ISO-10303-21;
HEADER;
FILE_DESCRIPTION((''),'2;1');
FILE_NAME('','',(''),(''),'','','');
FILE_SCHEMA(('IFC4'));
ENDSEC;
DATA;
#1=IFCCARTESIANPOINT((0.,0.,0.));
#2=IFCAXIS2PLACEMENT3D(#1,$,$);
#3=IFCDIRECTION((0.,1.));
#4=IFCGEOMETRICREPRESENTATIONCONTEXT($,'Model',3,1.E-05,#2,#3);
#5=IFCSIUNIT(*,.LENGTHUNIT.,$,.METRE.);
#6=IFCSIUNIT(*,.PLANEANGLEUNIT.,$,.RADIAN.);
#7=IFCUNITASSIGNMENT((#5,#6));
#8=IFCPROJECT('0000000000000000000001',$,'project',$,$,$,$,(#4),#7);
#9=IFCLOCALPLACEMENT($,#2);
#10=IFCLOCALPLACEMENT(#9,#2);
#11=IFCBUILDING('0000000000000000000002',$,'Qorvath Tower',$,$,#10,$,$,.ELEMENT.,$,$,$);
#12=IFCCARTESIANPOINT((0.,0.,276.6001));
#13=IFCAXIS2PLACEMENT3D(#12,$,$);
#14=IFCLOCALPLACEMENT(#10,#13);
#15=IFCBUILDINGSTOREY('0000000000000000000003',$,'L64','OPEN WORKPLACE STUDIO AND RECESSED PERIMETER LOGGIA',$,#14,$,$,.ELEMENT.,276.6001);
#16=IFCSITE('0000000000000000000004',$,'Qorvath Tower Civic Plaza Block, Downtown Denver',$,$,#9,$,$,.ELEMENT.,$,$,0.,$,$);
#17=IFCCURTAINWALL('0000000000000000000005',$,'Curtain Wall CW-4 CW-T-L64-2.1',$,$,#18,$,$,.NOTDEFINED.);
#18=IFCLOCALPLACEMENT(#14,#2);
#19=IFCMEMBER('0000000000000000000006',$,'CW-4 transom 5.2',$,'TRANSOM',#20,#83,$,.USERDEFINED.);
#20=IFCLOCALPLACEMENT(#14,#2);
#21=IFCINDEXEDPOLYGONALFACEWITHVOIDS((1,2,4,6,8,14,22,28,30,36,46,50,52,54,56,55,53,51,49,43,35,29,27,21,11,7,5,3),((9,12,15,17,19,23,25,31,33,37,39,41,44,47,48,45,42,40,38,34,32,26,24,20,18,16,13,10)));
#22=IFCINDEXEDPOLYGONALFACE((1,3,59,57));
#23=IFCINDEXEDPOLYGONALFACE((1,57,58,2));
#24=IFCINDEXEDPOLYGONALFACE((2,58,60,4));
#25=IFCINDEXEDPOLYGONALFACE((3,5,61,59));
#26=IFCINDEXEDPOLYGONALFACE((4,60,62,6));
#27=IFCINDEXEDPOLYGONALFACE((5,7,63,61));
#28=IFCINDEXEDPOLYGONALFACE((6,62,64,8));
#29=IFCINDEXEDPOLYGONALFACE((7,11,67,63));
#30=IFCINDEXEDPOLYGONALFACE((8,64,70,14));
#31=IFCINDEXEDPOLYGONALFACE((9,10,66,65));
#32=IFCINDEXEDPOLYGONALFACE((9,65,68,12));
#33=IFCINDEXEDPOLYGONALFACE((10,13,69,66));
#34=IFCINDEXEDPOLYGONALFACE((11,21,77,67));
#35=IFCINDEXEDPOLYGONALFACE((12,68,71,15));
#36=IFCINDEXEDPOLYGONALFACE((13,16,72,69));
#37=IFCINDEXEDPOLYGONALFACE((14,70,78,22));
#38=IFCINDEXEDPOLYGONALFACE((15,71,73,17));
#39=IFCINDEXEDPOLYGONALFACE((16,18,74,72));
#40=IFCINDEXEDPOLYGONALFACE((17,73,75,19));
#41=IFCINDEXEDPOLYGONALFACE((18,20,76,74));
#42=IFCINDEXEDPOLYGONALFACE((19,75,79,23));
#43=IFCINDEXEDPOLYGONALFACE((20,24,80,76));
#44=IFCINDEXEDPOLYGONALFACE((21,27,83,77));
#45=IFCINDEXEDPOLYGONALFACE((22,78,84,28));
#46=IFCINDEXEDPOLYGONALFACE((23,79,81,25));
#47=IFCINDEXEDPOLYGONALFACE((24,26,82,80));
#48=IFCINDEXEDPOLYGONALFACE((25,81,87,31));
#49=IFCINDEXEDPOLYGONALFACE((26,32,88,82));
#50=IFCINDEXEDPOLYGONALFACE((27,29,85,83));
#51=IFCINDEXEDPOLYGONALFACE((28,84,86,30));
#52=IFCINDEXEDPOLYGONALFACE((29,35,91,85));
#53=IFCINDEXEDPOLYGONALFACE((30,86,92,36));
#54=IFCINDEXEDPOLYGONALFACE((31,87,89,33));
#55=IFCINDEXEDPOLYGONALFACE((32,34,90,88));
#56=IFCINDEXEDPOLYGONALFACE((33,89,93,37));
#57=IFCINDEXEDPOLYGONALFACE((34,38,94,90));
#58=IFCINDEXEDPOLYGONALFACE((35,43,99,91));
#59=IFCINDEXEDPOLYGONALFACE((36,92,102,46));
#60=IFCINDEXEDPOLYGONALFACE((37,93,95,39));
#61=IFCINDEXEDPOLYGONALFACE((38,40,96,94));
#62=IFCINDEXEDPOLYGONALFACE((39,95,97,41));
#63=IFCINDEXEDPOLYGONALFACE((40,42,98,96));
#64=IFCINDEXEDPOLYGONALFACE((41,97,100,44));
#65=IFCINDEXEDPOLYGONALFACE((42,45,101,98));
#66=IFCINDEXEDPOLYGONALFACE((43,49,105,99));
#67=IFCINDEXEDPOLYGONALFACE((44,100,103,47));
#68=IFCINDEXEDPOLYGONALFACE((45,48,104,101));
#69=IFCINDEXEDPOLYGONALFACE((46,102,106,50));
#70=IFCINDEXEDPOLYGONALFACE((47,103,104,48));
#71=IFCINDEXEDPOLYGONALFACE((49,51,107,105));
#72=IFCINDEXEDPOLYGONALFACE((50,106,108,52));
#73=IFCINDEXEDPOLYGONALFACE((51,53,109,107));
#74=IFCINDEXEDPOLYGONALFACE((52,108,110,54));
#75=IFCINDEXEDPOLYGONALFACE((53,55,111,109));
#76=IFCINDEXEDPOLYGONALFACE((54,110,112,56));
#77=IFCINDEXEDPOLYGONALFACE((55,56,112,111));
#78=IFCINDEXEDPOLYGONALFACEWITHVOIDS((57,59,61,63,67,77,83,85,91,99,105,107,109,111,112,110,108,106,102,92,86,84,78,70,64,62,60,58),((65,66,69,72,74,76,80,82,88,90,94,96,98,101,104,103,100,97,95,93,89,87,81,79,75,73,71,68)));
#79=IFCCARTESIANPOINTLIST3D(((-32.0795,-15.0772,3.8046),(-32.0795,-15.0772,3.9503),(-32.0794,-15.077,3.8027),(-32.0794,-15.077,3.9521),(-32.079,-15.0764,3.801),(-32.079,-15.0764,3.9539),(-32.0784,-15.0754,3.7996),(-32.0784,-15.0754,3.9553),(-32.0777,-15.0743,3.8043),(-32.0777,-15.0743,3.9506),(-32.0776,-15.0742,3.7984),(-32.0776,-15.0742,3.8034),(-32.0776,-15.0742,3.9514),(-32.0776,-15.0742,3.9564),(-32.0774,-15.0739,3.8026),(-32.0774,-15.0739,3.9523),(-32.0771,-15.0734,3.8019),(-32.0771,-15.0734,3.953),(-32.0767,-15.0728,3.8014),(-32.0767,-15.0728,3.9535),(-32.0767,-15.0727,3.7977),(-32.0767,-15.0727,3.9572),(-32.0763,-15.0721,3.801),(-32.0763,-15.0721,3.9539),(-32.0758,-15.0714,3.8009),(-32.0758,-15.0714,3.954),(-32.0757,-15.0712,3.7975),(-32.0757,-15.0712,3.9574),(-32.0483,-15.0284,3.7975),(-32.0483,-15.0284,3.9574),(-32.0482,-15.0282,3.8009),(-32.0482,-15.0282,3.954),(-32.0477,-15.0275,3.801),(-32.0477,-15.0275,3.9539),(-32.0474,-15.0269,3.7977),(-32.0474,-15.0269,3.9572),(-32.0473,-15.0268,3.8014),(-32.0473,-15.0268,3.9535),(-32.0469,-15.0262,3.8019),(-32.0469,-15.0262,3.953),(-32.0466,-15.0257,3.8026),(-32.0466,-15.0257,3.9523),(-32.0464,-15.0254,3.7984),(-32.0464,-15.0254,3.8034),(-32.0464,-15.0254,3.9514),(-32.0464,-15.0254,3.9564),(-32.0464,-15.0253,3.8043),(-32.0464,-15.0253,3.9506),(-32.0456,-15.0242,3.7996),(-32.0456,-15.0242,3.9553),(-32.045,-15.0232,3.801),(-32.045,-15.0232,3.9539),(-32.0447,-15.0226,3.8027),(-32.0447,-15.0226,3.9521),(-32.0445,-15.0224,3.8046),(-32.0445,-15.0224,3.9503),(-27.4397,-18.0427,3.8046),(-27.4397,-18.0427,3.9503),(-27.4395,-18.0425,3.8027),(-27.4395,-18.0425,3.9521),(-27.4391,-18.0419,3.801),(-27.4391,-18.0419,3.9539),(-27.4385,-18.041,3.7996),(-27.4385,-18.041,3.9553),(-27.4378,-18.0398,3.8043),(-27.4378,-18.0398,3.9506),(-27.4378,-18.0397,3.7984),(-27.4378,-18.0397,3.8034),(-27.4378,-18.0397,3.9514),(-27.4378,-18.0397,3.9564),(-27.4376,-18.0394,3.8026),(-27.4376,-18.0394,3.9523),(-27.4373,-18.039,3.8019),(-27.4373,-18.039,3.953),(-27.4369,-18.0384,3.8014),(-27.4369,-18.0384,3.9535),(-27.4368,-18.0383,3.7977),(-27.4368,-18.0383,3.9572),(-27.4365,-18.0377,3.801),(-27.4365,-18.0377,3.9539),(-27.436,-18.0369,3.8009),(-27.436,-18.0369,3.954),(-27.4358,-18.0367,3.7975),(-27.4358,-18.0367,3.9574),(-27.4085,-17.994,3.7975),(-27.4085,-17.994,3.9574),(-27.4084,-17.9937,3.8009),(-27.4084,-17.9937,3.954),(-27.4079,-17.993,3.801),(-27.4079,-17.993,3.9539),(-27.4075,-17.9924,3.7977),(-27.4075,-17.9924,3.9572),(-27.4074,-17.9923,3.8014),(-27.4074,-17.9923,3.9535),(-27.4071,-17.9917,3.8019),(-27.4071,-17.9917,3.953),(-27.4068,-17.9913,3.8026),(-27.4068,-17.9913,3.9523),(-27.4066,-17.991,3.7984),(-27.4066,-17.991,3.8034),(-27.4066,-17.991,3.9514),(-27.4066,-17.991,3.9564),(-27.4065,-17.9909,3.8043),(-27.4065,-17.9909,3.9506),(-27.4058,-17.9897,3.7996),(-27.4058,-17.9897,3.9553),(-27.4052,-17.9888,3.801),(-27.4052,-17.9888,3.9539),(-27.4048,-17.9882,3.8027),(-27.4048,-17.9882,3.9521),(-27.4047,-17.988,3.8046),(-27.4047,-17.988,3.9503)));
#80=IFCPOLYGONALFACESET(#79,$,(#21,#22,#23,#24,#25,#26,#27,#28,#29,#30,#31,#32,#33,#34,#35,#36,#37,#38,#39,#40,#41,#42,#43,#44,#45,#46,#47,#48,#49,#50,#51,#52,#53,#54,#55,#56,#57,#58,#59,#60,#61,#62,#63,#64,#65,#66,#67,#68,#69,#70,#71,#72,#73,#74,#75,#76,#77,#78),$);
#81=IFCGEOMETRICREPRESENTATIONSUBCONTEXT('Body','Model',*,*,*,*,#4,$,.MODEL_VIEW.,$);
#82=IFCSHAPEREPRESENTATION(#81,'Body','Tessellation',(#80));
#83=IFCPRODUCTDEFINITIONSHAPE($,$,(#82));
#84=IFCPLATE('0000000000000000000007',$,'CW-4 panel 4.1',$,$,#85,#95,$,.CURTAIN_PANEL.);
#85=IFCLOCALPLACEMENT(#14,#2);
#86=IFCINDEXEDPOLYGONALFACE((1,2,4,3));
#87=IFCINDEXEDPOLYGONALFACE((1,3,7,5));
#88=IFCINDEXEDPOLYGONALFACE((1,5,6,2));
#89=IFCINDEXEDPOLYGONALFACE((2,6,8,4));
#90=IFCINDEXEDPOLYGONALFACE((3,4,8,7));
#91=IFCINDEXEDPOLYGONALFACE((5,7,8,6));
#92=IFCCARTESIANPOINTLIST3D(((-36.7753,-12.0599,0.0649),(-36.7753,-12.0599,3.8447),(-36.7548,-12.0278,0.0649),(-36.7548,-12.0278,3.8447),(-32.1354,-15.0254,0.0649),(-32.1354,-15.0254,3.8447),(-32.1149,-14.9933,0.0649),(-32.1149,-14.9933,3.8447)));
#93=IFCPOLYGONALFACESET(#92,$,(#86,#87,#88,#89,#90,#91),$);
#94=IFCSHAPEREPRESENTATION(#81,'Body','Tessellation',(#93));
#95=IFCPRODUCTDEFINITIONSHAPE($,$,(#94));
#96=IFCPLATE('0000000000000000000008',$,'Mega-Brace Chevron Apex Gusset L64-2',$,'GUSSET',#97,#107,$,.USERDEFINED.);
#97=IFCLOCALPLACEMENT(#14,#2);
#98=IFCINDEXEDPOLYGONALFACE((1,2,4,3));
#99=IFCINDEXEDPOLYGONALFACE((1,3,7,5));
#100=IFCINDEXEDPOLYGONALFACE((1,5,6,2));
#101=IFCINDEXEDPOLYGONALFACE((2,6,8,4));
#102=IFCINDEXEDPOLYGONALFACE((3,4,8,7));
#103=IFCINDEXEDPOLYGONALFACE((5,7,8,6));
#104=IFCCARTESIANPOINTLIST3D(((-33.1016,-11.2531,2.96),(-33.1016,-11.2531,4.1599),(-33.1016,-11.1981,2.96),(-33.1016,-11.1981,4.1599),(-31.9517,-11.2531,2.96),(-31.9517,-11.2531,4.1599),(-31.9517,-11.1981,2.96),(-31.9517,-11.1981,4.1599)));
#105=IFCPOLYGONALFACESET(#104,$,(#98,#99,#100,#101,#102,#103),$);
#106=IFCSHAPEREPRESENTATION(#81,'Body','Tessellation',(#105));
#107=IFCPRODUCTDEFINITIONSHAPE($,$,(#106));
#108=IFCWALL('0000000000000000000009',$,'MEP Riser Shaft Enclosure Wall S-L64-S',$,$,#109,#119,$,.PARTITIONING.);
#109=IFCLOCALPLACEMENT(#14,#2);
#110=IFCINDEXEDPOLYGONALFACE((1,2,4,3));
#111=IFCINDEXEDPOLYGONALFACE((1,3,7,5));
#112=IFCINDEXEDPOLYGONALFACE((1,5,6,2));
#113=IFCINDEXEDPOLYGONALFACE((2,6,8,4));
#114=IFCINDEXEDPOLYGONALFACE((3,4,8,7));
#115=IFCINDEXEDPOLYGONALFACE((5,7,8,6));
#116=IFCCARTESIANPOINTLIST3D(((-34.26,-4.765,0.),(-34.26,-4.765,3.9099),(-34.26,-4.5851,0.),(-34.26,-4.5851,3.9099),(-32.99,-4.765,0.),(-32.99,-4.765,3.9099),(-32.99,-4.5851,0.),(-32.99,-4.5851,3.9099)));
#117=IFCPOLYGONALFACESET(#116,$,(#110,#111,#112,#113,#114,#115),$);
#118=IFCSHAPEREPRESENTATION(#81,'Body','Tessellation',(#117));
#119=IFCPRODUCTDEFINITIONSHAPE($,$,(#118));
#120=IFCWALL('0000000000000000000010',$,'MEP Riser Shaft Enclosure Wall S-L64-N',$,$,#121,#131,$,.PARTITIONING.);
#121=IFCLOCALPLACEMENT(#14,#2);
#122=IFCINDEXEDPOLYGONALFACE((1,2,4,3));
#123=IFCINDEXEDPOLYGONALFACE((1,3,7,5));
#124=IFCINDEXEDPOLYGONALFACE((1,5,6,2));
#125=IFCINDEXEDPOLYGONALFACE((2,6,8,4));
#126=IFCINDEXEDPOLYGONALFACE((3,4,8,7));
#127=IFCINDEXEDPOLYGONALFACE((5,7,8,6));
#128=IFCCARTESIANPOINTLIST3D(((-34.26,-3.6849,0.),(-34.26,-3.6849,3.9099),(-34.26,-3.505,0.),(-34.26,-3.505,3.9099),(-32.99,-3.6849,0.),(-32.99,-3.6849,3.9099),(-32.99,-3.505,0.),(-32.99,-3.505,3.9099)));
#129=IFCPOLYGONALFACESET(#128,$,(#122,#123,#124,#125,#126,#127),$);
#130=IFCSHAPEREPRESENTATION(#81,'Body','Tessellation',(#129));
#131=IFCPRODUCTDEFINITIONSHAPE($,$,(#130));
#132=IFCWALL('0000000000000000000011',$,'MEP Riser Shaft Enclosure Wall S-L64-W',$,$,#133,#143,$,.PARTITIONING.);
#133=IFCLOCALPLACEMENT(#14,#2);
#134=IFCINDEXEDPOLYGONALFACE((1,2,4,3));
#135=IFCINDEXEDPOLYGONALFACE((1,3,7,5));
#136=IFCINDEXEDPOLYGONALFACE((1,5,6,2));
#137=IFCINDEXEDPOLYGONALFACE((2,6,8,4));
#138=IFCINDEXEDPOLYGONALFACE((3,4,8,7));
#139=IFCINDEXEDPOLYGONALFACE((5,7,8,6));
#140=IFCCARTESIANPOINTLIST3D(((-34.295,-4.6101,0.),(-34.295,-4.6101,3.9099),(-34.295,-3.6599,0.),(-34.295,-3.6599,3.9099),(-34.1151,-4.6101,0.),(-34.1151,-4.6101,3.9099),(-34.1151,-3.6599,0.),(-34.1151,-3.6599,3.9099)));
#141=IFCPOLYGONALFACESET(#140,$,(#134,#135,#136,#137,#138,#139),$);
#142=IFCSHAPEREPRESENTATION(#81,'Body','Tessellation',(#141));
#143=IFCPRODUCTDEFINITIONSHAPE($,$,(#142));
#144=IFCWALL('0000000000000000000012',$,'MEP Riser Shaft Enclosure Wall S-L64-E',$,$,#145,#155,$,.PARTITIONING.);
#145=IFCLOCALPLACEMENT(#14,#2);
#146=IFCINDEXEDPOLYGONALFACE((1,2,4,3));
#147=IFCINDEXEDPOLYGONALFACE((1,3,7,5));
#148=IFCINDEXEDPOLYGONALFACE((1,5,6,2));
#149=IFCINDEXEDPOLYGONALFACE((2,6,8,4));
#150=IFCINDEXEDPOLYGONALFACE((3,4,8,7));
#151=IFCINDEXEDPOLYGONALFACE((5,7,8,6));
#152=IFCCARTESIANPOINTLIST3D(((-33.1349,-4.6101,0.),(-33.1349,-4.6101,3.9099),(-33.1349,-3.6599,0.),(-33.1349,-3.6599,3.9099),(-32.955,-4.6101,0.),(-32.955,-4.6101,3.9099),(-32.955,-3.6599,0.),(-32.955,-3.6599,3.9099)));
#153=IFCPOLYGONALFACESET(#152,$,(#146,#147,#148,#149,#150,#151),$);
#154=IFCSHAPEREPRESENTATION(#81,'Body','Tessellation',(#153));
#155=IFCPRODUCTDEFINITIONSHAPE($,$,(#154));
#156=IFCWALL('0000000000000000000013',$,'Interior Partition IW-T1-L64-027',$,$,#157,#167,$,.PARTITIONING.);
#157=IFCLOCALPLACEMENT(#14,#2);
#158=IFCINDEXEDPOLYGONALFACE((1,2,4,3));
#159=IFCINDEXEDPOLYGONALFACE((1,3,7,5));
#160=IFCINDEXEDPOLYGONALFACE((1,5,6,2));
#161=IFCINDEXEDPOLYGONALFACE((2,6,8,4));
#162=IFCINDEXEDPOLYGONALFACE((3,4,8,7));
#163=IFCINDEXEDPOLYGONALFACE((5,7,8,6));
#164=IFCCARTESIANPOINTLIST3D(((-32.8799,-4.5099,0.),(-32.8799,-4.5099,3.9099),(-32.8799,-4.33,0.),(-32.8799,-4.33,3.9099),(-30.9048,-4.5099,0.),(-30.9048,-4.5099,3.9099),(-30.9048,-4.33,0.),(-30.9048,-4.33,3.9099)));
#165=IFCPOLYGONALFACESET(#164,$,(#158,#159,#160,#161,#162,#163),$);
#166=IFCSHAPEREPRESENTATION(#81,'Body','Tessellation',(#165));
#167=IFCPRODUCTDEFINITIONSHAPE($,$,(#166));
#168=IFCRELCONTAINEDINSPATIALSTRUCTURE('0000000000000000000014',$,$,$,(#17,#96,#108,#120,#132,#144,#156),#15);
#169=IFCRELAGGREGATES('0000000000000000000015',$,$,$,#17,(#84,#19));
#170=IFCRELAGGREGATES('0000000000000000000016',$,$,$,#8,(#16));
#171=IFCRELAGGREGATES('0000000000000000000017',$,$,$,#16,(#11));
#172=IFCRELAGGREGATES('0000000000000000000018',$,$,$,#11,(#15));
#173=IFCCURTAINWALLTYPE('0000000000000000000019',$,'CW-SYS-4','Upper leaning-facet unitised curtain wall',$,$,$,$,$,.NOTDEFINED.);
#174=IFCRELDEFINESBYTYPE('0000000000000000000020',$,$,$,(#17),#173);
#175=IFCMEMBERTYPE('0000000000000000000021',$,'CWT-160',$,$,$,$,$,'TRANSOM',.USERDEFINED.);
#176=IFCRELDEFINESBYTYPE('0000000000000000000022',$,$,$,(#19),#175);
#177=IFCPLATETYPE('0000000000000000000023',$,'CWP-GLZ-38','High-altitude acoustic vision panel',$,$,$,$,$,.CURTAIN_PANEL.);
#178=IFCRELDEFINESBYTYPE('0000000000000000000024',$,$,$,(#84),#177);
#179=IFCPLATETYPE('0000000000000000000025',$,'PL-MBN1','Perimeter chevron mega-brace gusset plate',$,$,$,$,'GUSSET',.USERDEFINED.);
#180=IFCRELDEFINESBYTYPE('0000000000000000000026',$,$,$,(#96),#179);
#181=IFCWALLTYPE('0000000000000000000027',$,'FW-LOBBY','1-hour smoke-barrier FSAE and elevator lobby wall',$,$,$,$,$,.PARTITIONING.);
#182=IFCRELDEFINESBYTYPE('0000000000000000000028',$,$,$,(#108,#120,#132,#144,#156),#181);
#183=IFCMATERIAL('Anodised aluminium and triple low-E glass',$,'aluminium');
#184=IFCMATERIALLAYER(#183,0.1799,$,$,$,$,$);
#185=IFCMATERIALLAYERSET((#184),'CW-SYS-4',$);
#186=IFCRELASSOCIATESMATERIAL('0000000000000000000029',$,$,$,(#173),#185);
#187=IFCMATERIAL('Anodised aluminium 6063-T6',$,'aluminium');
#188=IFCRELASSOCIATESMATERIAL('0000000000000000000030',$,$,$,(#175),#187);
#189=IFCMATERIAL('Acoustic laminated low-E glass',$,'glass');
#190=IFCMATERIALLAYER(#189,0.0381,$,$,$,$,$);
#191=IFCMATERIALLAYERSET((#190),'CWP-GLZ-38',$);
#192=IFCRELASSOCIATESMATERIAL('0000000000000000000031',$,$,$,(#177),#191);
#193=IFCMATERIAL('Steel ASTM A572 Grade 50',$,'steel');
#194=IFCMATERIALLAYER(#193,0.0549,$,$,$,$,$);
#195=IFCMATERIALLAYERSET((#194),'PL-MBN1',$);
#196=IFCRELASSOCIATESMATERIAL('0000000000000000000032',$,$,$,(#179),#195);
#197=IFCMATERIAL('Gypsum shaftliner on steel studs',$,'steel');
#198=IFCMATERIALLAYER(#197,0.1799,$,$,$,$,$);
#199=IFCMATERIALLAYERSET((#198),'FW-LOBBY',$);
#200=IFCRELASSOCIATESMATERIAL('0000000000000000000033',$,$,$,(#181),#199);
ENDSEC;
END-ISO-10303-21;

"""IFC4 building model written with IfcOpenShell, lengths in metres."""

from ifc_helpers import new_model, si_unit, direction, frame, frame_2d, origin, origin_2d, place, context, subcontext, project, spatial, rectangle, hollow_rectangle, extrude, material, layer, layer_set, material_profile, profile_set, type_object, element, aggregate, save


model = new_model("IFC4")

# Units and contexts
model_context = context("Model", 3, precision=1e-05, world=origin(), true_north=direction((0.0, 1.0)))
body_context = subcontext(model_context, "Body", "Model", "MODEL_VIEW")
ifc_project = project(units=[si_unit("LENGTHUNIT", "METRE"), si_unit("PLANEANGLEUNIT", "RADIAN")], contexts=[model_context])

# Site, building, storey
site_placement = place(None, origin())
site = spatial("IfcSite", under=ifc_project, at=site_placement, Name="Qorvath Tower Civic Plaza Block, Downtown Denver", CompositionType="ELEMENT", RefElevation=0.0)
building_placement = place(site_placement, origin())
building = spatial("IfcBuilding", under=site, at=building_placement, Name="Qorvath Tower", CompositionType="ELEMENT")
storey_placement = place(building_placement, frame((0.0, 0.0, 276.6001)))
storey = spatial("IfcBuildingStorey", under=building, at=storey_placement, Name="L64", Description="OPEN WORKPLACE STUDIO AND RECESSED PERIMETER LOGGIA", CompositionType="ELEMENT", Elevation=276.6001)

# Curtain wall, member, plate
ifc_material_1 = material(Name="Anodised aluminium and triple low-E glass", Category="aluminium")
ifc_layer_1 = layer(ifc_material_1, 0.1799)
ifc_layer_set_1 = layer_set([ifc_layer_1], Name="CW-SYS-4")
curtain_wall_type = type_object("IfcCurtainWallType", Name="CW-SYS-4", Description="Upper leaning-facet unitised curtain wall", PredefinedType="NOTDEFINED", material=ifc_layer_set_1)
curtain_wall_placement = place(storey_placement, origin())
curtain_wall = element("IfcCurtainWall", 1, at=curtain_wall_placement, inside=storey, type_object=curtain_wall_type, Name="Curtain Wall CW-4 CW-T-L64-2.1", PredefinedType="NOTDEFINED")
ifc_material_2 = material(Name="Anodised aluminium 6063-T6", Category="aluminium")
ifc_material_profile_1 = material_profile(ifc_material_2, hollow_rectangle(XDim=0.0649, YDim=0.1599, WallThickness=0.0034, InnerFilletRadius=0.0034, OuterFilletRadius=0.0071, at=origin_2d()), Name="CWT 160x65")
ifc_profile_set_1 = profile_set([ifc_material_profile_1], Name="Anodised aluminium 6063-T6")
member_type_1 = type_object("IfcMemberType", Name="CWT-160", ElementType="TRANSOM", PredefinedType="USERDEFINED", material=ifc_profile_set_1)
member_1_placement = place(storey_placement, frame((-32.062, -15.0498, 3.8774), z_axis=(0.842597, -0.538544, 0.0), x_axis=(0.538544, 0.842597, 0.0)))
member_1 = element("IfcMember", 2, at=member_1_placement, type_object=member_type_1, Name="CW-4 transom 5.2", ObjectType="TRANSOM", PredefinedType="USERDEFINED", context=body_context, shape_type="SweptSolid", body=[
    extrude(hollow_rectangle(XDim=0.0649, YDim=0.1599, WallThickness=0.0034, InnerFilletRadius=0.0034, OuterFilletRadius=0.0071, at=origin_2d()), origin(), (0.0, 0.0, 1.0), 5.5066),
])
ifc_material_3 = material(Name="Acoustic laminated low-E glass", Category="glass")
ifc_layer_2 = layer(ifc_material_3, 0.0381)
ifc_layer_set_2 = layer_set([ifc_layer_2], Name="CWP-GLZ-38")
plate_type_1 = type_object("IfcPlateType", Name="CWP-GLZ-38", Description="High-altitude acoustic vision panel", PredefinedType="CURTAIN_PANEL", material=ifc_layer_set_2)
plate_1_placement = place(storey_placement, frame((-34.4451, -13.5266, 0.0649), z_axis=(0.0, 0.0, 1.0), x_axis=(0.842604, -0.538534, 0.0)))
plate_1 = element("IfcPlate", 3, at=plate_1_placement, type_object=plate_type_1, Name="CW-4 panel 4.1", PredefinedType="CURTAIN_PANEL", context=body_context, shape_type="SweptSolid", body=[
    extrude(rectangle(XDim=5.5066, YDim=0.0381, at=origin_2d()), origin(), (0.0, 0.0, 1.0), 3.7798),
])
aggregate(curtain_wall, [plate_1, member_1])

# Plate
ifc_material_4 = material(Name="Steel ASTM A572 Grade 50", Category="steel")
ifc_layer_3 = layer(ifc_material_4, 0.0549)
ifc_layer_set_3 = layer_set([ifc_layer_3], Name="PL-MBN1")
plate_type_2 = type_object("IfcPlateType", Name="PL-MBN1", Description="Perimeter chevron mega-brace gusset plate", ElementType="GUSSET", PredefinedType="USERDEFINED", material=ifc_layer_set_3)
plate_2_placement = place(storey_placement, frame((-32.5266, -11.2256, 2.96), z_axis=(0.0, 0.0, 1.0), x_axis=(1.0, 0.0, 0.0)))
element("IfcPlate", 4, at=plate_2_placement, inside=storey, type_object=plate_type_2, Name="Mega-Brace Chevron Apex Gusset L64-2", ObjectType="GUSSET", PredefinedType="USERDEFINED", context=body_context, shape_type="SweptSolid", body=[
    extrude(rectangle(XDim=1.1499, YDim=0.0549, at=origin_2d()), origin(), (0.0, 0.0, 1.0), 1.2),
])

# Walls
ifc_material_5 = material(Name="Gypsum shaftliner on steel studs", Category="steel")
ifc_layer_4 = layer(ifc_material_5, 0.1799)
ifc_layer_set_4 = layer_set([ifc_layer_4], Name="FW-LOBBY")
wall_type_1 = type_object("IfcWallType", Name="FW-LOBBY", Description="1-hour smoke-barrier FSAE and elevator lobby wall", PredefinedType="PARTITIONING", material=ifc_layer_set_4)
for number, where, z_axis, x_axis, name in (
    (5, (-32.99, -4.675, 0.0), (0.0, 0.0, 1.0), (-1.0, 0.0, 0.0), "MEP Riser Shaft Enclosure Wall S-L64-S"),
    (6, (-34.26, -3.595, 0.0), (0.0, 0.0, 1.0), (1.0, 0.0, 0.0), "MEP Riser Shaft Enclosure Wall S-L64-N"),
):
    element("IfcWall", number, at=place(storey_placement, frame(where, z_axis=z_axis, x_axis=x_axis)), inside=storey, type_object=wall_type_1, Name=name, PredefinedType="PARTITIONING", context=body_context, shape_type="SweptSolid", body=[
        extrude(rectangle(XDim=1.27, YDim=0.1799, at=frame_2d((0.635, 0.0))), origin(), (0.0, 0.0, 1.0), 3.9099),
    ])
for number, where, z_axis, x_axis, name in (
    (7, (-34.2051, -4.6101, 0.0), (0.0, 0.0, 1.0), (0.0, 1.0, 0.0), "MEP Riser Shaft Enclosure Wall S-L64-W"),
    (8, (-33.0449, -3.6599, 0.0), (0.0, 0.0, 1.0), (0.0, -1.0, 0.0), "MEP Riser Shaft Enclosure Wall S-L64-E"),
):
    element("IfcWall", number, at=place(storey_placement, frame(where, z_axis=z_axis, x_axis=x_axis)), inside=storey, type_object=wall_type_1, Name=name, PredefinedType="PARTITIONING", context=body_context, shape_type="SweptSolid", body=[
        extrude(rectangle(XDim=0.9502, YDim=0.1799, at=frame_2d((0.4751, 0.0))), origin(), (0.0, 0.0, 1.0), 3.9099),
    ])
wall_1_placement = place(storey_placement, frame((-32.8799, -4.4199, 0.0), z_axis=(0.0, 0.0, 1.0), x_axis=(1.0, 0.0, 0.0)))
element("IfcWall", 9, at=wall_1_placement, inside=storey, type_object=wall_type_1, Name="Interior Partition IW-T1-L64-027", PredefinedType="PARTITIONING", context=body_context, shape_type="SweptSolid", body=[
    extrude(rectangle(XDim=1.9751, YDim=0.1799, at=frame_2d((0.9875, 0.0))), origin(), (0.0, 0.0, 1.0), 3.9099),
])

save(model, "model.ifc")
